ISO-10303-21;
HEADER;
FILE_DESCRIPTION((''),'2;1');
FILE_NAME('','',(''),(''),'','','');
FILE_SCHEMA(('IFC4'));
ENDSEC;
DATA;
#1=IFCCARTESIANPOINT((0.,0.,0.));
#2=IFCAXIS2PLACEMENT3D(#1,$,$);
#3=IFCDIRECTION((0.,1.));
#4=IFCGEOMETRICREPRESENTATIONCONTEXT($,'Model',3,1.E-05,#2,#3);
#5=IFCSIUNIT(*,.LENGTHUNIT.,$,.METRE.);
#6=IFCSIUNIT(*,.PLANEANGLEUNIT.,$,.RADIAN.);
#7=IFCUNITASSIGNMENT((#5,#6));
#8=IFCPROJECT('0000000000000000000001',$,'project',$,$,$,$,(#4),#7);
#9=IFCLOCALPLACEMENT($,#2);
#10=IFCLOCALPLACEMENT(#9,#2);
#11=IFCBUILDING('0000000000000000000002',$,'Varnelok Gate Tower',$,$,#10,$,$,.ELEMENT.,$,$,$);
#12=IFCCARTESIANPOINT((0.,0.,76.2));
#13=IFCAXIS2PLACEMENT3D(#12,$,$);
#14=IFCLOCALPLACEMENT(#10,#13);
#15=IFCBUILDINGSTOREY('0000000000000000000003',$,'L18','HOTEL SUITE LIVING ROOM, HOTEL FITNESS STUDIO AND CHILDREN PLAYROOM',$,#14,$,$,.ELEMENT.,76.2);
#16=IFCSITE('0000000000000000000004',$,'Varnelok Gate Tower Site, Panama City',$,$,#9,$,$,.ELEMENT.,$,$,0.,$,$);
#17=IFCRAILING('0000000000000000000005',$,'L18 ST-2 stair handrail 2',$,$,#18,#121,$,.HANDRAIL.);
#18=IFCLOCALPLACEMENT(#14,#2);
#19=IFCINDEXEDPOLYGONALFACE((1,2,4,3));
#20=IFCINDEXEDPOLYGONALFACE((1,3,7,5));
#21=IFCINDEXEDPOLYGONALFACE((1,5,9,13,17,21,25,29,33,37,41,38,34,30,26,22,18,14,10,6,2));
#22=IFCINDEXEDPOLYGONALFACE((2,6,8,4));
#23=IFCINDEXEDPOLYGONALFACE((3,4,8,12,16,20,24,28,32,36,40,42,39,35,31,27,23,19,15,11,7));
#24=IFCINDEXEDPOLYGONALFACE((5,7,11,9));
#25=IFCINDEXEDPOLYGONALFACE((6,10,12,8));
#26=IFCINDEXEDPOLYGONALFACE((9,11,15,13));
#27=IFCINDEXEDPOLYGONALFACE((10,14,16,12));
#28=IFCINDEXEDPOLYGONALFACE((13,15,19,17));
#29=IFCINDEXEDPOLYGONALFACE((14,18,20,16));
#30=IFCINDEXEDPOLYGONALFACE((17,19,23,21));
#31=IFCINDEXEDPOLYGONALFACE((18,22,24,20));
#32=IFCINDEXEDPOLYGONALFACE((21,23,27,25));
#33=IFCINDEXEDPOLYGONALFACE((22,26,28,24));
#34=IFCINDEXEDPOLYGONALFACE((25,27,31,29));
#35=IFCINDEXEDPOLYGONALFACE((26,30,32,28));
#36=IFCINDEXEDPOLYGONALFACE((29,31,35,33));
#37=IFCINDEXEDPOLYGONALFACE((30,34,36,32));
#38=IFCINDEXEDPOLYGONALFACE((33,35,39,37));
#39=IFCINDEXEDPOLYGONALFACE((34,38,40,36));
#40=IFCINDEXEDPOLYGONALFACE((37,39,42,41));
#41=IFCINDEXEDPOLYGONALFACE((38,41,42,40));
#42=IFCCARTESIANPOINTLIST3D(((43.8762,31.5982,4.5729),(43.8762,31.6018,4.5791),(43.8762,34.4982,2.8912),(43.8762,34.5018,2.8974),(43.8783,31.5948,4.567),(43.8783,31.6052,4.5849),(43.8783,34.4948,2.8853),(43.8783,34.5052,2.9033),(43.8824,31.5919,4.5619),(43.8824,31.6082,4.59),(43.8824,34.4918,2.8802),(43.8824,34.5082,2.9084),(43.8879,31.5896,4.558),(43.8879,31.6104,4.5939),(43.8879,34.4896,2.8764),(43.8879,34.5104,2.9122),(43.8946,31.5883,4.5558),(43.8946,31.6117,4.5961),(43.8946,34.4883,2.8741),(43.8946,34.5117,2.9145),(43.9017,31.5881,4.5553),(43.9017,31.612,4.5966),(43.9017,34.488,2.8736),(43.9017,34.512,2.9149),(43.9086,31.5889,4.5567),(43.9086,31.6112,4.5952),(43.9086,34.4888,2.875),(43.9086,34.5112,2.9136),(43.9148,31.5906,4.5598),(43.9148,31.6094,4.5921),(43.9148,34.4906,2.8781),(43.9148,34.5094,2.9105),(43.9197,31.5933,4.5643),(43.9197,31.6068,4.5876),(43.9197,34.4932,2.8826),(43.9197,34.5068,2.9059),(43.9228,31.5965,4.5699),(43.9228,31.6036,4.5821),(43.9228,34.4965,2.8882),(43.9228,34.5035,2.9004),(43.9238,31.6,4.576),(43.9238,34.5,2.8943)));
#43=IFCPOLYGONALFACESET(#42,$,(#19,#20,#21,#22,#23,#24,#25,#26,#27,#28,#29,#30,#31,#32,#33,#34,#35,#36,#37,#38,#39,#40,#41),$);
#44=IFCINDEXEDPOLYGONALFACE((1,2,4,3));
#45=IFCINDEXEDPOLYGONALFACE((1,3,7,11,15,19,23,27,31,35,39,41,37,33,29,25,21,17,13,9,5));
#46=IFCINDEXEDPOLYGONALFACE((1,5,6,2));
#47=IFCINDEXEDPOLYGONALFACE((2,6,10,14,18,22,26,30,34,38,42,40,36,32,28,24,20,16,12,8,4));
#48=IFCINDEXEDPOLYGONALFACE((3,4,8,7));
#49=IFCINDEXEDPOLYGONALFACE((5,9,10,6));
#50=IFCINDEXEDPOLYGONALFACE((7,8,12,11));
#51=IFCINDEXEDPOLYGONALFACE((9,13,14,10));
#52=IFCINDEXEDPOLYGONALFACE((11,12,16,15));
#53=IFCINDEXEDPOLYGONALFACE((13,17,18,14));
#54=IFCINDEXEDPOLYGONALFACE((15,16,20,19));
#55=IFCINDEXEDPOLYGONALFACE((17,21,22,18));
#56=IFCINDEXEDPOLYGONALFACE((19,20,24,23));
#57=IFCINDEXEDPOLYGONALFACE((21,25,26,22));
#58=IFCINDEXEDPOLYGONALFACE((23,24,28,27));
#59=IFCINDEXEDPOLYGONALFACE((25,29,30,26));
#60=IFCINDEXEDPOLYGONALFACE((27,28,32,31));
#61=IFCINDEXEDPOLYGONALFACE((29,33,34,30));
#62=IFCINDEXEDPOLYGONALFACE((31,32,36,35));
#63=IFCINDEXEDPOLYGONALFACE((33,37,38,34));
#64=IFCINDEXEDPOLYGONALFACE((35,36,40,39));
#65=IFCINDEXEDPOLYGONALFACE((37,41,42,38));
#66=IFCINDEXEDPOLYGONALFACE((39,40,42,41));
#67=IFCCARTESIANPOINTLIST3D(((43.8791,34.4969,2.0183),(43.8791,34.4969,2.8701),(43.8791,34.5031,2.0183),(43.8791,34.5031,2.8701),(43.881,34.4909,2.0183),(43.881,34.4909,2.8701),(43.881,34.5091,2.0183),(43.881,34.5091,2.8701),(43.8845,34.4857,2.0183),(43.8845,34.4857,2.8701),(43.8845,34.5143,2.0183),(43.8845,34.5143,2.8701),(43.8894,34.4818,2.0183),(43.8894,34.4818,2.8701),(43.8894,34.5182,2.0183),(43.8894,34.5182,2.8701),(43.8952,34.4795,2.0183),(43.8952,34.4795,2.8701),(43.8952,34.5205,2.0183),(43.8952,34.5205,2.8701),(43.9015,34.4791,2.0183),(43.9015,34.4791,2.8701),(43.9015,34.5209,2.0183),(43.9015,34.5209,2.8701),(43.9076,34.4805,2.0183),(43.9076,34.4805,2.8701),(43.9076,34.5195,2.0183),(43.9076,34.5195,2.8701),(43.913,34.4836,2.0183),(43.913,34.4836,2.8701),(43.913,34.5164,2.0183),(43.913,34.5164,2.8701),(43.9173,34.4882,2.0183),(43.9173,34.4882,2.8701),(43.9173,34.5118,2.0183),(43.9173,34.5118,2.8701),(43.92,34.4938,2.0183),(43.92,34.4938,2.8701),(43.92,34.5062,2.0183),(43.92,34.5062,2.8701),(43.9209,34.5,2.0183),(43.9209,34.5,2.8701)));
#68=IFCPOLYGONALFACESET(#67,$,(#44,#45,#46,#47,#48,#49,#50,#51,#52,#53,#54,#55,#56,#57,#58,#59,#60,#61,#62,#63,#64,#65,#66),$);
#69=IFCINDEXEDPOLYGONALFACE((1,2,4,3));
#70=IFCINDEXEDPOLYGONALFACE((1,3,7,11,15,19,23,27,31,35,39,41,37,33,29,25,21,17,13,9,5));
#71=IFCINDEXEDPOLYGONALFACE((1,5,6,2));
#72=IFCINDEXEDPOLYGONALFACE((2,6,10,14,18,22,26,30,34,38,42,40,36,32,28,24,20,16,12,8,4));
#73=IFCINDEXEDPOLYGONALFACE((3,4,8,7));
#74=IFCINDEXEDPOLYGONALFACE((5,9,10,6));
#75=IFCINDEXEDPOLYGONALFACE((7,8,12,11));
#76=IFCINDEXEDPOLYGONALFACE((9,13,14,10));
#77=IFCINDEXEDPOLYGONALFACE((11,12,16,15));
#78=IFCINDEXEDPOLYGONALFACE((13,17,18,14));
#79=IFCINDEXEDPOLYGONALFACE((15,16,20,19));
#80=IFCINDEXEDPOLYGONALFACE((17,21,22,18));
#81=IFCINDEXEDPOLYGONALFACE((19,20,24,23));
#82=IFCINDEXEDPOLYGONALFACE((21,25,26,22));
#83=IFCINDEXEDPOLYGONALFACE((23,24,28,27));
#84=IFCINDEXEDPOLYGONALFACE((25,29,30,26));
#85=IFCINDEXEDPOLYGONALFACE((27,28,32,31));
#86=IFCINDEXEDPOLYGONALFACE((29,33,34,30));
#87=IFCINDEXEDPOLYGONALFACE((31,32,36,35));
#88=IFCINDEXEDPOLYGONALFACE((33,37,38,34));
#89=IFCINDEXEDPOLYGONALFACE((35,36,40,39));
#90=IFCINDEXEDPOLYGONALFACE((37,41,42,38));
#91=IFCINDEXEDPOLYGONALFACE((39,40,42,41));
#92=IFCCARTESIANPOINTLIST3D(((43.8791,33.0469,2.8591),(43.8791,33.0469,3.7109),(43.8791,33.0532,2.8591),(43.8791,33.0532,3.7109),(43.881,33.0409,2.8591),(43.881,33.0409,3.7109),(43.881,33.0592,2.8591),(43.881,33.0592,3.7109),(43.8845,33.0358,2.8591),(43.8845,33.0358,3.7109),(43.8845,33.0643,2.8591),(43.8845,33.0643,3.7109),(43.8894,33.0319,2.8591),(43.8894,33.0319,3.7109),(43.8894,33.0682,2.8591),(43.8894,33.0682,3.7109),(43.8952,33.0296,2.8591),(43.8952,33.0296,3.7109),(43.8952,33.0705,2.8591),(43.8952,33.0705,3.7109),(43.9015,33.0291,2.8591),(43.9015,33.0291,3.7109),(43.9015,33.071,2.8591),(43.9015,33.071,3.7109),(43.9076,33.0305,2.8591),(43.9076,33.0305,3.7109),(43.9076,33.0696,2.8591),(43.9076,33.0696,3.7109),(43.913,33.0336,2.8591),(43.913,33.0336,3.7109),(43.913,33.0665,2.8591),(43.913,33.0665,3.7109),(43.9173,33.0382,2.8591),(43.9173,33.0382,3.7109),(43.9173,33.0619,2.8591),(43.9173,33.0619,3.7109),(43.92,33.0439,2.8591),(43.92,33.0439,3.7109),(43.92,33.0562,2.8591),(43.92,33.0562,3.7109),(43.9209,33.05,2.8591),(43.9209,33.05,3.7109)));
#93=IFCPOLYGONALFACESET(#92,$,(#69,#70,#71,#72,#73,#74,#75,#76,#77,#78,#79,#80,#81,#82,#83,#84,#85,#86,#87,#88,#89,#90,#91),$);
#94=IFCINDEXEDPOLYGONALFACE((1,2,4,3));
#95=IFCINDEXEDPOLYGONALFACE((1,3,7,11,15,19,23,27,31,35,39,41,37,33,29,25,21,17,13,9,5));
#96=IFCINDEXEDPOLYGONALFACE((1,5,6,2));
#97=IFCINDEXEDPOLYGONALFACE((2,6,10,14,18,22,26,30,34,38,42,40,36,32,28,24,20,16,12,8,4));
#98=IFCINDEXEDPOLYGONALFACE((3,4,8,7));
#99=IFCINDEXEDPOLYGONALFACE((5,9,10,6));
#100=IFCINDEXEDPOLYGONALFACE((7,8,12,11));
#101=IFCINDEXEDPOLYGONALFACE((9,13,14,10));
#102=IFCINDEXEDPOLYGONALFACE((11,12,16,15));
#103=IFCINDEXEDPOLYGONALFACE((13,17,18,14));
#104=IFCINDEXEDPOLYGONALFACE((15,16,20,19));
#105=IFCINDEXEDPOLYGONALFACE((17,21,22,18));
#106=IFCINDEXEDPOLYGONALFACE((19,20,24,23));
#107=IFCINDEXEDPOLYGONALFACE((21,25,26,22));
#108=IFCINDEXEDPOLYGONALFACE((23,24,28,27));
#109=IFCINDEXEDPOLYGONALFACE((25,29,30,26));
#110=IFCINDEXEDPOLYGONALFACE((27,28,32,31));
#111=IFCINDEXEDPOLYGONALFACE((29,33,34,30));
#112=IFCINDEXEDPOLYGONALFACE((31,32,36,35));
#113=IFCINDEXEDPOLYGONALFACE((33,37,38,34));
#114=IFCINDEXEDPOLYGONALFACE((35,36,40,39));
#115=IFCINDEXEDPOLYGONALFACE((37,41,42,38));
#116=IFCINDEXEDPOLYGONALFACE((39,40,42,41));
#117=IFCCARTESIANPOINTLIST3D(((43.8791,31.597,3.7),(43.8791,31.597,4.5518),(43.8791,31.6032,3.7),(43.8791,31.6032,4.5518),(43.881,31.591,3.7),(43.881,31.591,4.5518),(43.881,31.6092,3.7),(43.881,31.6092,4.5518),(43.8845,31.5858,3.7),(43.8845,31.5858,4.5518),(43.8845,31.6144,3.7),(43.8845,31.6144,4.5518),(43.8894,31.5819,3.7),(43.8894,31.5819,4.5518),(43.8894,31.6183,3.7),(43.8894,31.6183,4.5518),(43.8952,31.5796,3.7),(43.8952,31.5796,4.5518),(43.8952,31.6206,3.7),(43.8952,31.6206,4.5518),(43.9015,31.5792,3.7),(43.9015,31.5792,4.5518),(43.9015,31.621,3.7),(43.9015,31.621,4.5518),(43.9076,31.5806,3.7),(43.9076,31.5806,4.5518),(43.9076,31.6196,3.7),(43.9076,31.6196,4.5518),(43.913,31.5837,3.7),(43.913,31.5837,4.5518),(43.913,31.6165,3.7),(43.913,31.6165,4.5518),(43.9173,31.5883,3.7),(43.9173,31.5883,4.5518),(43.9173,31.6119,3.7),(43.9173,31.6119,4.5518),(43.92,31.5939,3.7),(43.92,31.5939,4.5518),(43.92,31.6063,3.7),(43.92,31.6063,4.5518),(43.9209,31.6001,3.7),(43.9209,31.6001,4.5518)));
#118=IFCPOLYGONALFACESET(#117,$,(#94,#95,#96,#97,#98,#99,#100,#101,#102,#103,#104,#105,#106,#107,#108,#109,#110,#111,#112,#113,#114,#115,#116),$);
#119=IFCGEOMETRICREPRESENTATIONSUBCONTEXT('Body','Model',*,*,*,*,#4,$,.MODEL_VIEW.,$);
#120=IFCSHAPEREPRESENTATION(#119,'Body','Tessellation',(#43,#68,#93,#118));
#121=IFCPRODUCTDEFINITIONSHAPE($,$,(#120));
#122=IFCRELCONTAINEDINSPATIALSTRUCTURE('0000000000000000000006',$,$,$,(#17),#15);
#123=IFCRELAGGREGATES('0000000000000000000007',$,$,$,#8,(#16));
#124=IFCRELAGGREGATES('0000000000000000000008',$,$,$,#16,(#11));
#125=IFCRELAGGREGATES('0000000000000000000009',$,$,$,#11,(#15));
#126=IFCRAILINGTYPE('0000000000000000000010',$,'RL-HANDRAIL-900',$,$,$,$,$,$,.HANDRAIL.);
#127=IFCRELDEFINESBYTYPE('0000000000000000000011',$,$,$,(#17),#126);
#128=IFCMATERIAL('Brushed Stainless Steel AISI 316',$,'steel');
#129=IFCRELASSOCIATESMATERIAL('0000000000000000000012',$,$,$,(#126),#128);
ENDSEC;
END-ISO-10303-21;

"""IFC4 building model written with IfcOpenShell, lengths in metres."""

from ifc_helpers import new_model, si_unit, direction, frame, origin, origin_2d, place, context, subcontext, project, spatial, circle, extrude, material, type_object, element, save


model = new_model("IFC4")

# Units and contexts
model_context = context("Model", 3, precision=1e-05, world=origin(), true_north=direction((0.0, 1.0)))
body_context = subcontext(model_context, "Body", "Model", "MODEL_VIEW")
ifc_project = project(units=[si_unit("LENGTHUNIT", "METRE"), si_unit("PLANEANGLEUNIT", "RADIAN")], contexts=[model_context])

# Site, building, storey
site_placement = place(None, origin())
site = spatial("IfcSite", under=ifc_project, at=site_placement, Name="Varnelok Gate Tower Site, Panama City", CompositionType="ELEMENT", RefElevation=0.0)
building_placement = place(site_placement, origin())
building = spatial("IfcBuilding", under=site, at=building_placement, Name="Varnelok Gate Tower", CompositionType="ELEMENT")
storey_placement = place(building_placement, frame((0.0, 0.0, 76.2)))
storey = spatial("IfcBuildingStorey", under=building, at=storey_placement, Name="L18", Description="HOTEL SUITE LIVING ROOM, HOTEL FITNESS STUDIO AND CHILDREN PLAYROOM", CompositionType="ELEMENT", Elevation=76.2)

# Railing
ifc_material_1 = material(Name="Brushed Stainless Steel AISI 316", Category="steel")
railing_type_1 = type_object("IfcRailingType", Name="RL-HANDRAIL-900", PredefinedType="HANDRAIL", material=ifc_material_1)
railing_1_placement = place(storey_placement, frame((43.8999, 34.5, 2.0183)))
element("IfcRailing", 1, at=railing_1_placement, inside=storey, type_object=railing_type_1, Name="L18 ST-2 stair handrail 2", PredefinedType="HANDRAIL", context=body_context, shape_type="SweptSolid", body=[
    extrude(circle(Radius=0.0239, at=origin_2d()), frame((0.0, 0.0, 0.876), z_axis=(0.0, -0.86507, 0.501651), x_axis=(1.0, 0.0, 0.0)), (0.0, 0.0, 1.0), 3.3523),
    extrude(circle(Radius=0.021, at=origin_2d()), origin(), (0.0, 0.0, 1.0), 0.8518),
    extrude(circle(Radius=0.021, at=origin_2d()), frame((0.0, -1.45, 0.8408)), (0.0, 0.0, 1.0), 0.8518),
    extrude(circle(Radius=0.021, at=origin_2d()), frame((0.0, -2.8999, 1.6816)), (0.0, 0.0, 1.0), 0.8518),
])

save(model, "model.ifc")
